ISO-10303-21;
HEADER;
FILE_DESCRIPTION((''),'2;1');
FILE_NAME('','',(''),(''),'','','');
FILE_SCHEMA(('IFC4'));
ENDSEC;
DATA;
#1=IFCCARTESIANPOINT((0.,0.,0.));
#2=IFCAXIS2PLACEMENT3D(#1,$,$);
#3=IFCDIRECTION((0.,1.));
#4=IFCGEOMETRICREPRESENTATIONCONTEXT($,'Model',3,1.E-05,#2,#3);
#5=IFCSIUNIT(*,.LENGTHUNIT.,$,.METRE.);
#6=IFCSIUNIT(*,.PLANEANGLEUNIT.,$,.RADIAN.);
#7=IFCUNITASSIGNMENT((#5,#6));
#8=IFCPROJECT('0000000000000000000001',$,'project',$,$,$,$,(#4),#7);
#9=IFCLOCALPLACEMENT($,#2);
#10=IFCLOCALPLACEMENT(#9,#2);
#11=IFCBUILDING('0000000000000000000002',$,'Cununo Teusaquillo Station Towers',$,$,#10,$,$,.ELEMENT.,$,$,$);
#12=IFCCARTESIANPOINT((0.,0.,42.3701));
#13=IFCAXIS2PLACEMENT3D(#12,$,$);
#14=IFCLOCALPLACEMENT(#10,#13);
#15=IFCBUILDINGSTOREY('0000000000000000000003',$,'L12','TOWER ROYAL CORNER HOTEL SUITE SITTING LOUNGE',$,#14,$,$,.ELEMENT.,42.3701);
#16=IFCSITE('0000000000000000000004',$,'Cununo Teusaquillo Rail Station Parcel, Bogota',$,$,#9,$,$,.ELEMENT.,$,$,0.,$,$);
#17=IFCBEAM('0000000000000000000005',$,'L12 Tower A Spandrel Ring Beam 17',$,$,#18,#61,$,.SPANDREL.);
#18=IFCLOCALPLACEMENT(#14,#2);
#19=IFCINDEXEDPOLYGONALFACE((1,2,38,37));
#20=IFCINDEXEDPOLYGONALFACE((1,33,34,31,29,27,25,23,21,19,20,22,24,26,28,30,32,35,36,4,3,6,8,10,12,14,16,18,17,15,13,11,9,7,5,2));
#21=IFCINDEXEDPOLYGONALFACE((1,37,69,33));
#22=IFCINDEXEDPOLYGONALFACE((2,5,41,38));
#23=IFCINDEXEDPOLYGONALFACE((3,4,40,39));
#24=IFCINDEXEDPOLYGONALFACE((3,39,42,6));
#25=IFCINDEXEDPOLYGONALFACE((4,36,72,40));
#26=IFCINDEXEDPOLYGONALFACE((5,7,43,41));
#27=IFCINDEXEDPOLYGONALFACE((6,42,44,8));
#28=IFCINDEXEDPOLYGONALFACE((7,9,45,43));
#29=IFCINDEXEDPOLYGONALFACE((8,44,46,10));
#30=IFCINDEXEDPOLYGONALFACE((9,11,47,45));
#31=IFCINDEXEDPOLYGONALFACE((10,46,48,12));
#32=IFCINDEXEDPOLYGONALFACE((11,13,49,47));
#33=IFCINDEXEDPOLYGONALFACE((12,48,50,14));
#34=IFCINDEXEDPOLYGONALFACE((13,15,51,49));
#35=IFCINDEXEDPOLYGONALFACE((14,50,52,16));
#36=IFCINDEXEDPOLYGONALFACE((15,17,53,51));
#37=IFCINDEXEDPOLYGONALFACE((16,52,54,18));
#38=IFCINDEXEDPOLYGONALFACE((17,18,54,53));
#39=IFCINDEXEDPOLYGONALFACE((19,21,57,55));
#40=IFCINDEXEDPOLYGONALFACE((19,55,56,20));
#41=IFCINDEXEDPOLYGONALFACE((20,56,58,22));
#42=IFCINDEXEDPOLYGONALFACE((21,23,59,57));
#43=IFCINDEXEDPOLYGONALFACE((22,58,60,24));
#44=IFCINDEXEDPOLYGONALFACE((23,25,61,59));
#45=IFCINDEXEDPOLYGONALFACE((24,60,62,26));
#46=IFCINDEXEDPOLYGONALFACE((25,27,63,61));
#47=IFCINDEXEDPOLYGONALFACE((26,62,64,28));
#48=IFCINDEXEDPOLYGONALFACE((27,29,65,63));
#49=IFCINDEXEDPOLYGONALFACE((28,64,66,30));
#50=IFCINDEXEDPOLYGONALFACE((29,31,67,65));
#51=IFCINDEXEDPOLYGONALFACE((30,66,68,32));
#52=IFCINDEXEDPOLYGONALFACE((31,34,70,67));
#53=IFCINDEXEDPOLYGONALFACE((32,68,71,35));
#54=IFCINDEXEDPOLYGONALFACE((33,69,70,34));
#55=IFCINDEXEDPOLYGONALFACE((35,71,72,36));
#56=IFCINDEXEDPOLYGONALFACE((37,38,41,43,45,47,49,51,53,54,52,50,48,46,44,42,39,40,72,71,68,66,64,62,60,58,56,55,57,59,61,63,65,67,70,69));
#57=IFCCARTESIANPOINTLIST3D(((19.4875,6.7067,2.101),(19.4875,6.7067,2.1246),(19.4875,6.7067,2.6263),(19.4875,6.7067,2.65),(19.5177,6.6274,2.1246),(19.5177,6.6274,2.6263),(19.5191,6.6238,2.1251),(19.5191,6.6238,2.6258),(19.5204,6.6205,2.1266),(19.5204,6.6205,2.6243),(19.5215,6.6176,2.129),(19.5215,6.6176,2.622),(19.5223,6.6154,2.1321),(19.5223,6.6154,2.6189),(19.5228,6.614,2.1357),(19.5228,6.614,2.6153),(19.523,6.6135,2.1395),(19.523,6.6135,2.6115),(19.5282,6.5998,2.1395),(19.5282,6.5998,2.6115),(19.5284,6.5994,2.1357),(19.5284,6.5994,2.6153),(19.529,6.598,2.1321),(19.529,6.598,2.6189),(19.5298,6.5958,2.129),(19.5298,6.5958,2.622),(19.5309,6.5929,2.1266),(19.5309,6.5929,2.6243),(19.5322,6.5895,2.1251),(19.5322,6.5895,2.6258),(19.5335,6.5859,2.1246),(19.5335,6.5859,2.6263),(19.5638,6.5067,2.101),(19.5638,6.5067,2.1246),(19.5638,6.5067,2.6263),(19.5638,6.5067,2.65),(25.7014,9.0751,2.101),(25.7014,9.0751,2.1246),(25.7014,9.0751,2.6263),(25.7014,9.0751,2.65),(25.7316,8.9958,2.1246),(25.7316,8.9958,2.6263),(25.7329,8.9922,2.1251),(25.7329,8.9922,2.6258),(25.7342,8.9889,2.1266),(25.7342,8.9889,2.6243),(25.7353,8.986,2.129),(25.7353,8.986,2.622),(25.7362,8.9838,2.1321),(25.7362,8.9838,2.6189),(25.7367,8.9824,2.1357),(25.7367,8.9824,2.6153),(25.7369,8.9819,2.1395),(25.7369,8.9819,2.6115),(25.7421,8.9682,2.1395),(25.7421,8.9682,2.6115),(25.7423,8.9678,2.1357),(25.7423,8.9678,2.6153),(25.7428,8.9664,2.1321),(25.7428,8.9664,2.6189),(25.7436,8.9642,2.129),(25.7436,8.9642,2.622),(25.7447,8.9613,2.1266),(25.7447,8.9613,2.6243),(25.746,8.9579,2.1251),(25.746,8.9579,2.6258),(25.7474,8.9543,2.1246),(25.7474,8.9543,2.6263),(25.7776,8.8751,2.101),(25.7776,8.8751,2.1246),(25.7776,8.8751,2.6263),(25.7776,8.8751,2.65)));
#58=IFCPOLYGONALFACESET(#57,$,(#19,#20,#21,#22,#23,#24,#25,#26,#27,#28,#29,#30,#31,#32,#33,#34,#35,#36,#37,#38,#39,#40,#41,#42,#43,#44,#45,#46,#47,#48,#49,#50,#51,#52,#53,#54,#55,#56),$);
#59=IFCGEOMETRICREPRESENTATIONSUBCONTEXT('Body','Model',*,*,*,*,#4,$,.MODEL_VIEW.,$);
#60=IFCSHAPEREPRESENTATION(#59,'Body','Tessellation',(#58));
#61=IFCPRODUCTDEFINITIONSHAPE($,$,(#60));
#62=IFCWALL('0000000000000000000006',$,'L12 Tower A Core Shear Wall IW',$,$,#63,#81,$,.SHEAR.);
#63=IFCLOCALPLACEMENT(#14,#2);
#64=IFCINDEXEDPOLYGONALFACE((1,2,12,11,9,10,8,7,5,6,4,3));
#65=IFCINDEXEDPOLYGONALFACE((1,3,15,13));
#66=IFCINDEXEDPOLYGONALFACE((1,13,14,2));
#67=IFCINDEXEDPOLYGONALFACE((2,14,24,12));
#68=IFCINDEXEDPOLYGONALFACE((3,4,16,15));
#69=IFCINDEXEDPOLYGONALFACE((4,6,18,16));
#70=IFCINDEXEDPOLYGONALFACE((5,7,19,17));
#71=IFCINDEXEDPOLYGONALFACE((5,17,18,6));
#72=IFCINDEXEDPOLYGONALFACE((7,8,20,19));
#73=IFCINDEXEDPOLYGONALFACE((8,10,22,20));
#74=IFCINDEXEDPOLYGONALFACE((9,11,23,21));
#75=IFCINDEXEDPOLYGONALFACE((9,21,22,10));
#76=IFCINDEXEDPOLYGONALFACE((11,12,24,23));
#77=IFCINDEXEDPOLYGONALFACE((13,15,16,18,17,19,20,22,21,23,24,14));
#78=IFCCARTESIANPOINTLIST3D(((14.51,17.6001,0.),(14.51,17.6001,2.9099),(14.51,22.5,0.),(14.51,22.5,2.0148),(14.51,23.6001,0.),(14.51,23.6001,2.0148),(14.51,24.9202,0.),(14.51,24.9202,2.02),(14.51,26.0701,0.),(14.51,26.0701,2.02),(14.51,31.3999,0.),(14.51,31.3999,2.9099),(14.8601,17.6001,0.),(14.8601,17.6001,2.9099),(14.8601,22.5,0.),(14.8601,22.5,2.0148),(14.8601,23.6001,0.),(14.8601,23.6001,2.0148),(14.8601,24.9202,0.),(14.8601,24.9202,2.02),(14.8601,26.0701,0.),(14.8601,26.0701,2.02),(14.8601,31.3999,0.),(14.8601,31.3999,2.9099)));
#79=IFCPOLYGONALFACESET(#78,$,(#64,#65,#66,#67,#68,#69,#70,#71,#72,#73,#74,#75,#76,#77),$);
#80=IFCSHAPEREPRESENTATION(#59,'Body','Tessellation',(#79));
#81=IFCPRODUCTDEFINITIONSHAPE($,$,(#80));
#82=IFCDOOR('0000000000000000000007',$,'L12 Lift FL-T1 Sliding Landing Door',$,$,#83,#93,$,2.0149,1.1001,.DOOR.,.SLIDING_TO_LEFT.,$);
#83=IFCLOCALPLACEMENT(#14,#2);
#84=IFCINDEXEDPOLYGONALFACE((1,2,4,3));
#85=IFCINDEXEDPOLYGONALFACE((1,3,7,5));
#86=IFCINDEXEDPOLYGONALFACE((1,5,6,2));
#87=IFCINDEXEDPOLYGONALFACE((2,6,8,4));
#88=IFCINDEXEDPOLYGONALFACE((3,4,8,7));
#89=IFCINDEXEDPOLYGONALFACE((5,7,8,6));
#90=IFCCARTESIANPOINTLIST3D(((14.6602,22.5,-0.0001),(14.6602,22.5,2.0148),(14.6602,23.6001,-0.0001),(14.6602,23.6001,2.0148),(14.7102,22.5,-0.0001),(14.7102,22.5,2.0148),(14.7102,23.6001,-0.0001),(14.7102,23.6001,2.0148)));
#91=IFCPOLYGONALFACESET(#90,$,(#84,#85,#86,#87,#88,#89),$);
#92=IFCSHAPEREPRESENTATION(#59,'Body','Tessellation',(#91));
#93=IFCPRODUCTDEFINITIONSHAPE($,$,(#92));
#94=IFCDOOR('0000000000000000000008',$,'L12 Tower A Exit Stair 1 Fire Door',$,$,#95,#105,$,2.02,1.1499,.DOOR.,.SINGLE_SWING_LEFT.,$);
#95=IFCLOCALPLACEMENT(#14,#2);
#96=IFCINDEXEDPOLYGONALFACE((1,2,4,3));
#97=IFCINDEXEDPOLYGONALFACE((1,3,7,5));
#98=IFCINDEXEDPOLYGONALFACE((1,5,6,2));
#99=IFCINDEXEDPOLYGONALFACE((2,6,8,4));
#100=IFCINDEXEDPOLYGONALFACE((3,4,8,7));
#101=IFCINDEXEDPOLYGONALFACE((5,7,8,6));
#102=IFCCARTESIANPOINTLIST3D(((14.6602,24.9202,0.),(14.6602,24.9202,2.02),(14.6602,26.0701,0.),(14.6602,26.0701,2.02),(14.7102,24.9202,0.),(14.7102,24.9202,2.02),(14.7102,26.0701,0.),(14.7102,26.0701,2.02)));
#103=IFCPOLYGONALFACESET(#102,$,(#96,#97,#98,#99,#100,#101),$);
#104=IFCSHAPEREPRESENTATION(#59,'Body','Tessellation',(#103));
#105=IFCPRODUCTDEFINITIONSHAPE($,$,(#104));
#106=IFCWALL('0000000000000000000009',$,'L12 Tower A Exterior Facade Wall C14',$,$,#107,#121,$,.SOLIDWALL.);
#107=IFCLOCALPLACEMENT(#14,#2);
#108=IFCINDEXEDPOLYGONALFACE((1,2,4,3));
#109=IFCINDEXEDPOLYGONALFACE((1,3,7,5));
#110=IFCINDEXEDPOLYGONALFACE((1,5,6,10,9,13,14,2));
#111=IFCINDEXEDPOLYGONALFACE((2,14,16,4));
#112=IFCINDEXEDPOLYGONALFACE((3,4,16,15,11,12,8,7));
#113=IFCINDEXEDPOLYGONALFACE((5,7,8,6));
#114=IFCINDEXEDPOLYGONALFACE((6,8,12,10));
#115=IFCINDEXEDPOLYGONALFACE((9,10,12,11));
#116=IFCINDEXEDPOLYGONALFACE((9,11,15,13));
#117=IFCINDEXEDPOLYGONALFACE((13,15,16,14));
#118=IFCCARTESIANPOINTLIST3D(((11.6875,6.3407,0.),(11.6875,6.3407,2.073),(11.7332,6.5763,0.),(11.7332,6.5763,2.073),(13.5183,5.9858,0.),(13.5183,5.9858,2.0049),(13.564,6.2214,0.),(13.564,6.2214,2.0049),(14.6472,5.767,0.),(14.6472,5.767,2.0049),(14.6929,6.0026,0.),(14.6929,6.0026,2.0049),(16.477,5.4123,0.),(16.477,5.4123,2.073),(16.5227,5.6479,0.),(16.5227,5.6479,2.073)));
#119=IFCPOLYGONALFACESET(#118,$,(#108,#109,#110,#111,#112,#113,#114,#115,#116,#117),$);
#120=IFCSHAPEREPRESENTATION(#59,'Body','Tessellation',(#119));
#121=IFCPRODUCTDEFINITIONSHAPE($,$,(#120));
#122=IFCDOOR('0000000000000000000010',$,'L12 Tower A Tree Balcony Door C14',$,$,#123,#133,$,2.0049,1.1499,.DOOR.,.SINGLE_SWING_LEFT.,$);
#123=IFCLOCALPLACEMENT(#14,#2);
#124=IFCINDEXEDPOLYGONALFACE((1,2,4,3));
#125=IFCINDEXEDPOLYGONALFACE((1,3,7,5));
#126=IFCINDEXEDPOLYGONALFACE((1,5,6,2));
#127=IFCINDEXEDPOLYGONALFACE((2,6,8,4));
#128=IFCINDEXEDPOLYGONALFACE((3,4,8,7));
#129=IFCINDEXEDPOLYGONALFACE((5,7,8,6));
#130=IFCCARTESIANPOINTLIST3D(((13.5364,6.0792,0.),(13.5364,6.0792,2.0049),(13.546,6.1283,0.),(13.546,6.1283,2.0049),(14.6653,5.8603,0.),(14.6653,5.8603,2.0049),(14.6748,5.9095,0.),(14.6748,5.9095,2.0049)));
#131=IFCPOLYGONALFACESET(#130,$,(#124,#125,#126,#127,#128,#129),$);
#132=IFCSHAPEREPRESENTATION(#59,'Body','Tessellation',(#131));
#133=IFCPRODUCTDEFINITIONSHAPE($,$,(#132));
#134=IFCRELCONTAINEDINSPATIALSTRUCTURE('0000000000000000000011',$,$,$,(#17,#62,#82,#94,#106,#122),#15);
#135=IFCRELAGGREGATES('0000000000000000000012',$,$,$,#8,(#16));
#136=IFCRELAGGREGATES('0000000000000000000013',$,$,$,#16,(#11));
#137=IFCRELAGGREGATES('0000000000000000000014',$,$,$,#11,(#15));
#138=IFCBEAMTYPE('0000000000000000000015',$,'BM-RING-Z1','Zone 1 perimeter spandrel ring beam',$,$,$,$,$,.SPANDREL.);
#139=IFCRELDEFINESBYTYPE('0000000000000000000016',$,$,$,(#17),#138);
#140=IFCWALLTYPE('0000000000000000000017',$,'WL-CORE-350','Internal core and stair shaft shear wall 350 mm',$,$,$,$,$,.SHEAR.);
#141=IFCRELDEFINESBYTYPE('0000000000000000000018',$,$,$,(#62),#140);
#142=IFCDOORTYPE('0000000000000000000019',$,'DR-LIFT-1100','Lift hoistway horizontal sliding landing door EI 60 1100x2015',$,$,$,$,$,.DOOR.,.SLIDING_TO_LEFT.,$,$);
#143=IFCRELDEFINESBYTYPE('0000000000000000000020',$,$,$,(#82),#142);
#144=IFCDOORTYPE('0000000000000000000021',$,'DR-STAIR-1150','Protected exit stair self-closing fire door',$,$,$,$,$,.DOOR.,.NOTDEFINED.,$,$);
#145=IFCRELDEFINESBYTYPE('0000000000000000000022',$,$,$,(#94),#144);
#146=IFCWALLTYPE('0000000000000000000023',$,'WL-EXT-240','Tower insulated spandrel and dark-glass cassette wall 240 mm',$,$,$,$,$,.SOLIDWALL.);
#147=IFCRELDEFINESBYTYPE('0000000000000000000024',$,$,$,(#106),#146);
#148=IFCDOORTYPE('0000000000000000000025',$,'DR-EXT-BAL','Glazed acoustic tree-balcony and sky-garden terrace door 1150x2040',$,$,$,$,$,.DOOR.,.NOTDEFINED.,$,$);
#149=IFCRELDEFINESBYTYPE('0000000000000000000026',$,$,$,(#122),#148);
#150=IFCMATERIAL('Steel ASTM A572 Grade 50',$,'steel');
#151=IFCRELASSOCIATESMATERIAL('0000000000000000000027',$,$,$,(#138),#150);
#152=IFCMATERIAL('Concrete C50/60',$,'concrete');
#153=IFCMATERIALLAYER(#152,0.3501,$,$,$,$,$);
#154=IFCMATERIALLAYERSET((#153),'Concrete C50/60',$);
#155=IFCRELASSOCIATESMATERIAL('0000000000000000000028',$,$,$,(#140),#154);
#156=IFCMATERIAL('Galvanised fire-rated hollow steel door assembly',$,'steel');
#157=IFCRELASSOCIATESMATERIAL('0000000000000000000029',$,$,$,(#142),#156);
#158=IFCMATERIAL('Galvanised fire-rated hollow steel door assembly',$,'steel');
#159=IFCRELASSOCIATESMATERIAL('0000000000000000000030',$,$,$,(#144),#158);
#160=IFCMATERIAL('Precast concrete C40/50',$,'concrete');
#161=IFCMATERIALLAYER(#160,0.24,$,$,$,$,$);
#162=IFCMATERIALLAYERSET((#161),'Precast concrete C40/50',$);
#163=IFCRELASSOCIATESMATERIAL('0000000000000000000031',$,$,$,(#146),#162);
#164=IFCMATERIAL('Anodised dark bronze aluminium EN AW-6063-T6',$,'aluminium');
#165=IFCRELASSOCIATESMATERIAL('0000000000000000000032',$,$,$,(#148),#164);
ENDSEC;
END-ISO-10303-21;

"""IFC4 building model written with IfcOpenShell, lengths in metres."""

from ifc_helpers import new_model, si_unit, direction, frame, frame_2d, origin, origin_2d, place, context, subcontext, project, spatial, rectangle, i_section, extrude, source, transform, mapped, material, layer, layer_set, material_profile, profile_set, type_object, element, fill, save


model = new_model("IFC4")

# Units and contexts
model_context = context("Model", 3, precision=1e-05, world=origin(), true_north=direction((0.0, 1.0)))
body_context = subcontext(model_context, "Body", "Model", "MODEL_VIEW")
ifc_project = project(units=[si_unit("LENGTHUNIT", "METRE"), si_unit("PLANEANGLEUNIT", "RADIAN")], contexts=[model_context])

# Site, building, storey
site_placement = place(None, origin())
site = spatial("IfcSite", under=ifc_project, at=site_placement, Name="Cununo Teusaquillo Rail Station Parcel, Bogota", CompositionType="ELEMENT", RefElevation=0.0)
building_placement = place(site_placement, origin())
building = spatial("IfcBuilding", under=site, at=building_placement, Name="Cununo Teusaquillo Station Towers", CompositionType="ELEMENT")
storey_placement = place(building_placement, frame((0.0, 0.0, 42.3701)))
storey = spatial("IfcBuildingStorey", under=building, at=storey_placement, Name="L12", Description="TOWER ROYAL CORNER HOTEL SUITE SITTING LOUNGE", CompositionType="ELEMENT", Elevation=42.3701)

# Beam
ifc_material_1 = material(Name="Steel ASTM A572 Grade 50", Category="steel")
ifc_material_profile_1 = material_profile(ifc_material_1, i_section(OverallWidth=0.2141, OverallDepth=0.5491, WebThickness=0.0146, FlangeThickness=0.0237, FilletRadius=0.0149, at=origin_2d()), Name="W21X93")
ifc_profile_set_1 = profile_set([ifc_material_profile_1], Name="Steel ASTM A572 Grade 50")
beam_type = type_object("IfcBeamType", Name="BM-RING-Z1", Description="Zone 1 perimeter spandrel ring beam", PredefinedType="SPANDREL", material=ifc_profile_set_1)
beam_1_placement = place(storey_placement, frame((19.5256, 6.6067, 2.3755), z_axis=(0.934427, 0.356156, 0.0), x_axis=(-0.356156, 0.934427, 0.0)))
element("IfcBeam", 1, at=beam_1_placement, inside=storey, type_object=beam_type, Name="L12 Tower A Spandrel Ring Beam 17", PredefinedType="SPANDREL", context=body_context, shape_type="SweptSolid", body=[
    extrude(i_section(OverallWidth=0.2141, OverallDepth=0.5491, WebThickness=0.0146, FlangeThickness=0.0237, FilletRadius=0.0149, at=origin_2d()), origin(), (0.0, 0.0, 1.0), 6.6499),
])

# Wall, openings, doors
ifc_material_2 = material(Name="Concrete C50/60", Category="concrete")
ifc_layer_1 = layer(ifc_material_2, 0.3501)
ifc_layer_set_1 = layer_set([ifc_layer_1], Name="Concrete C50/60")
wall_type_1 = type_object("IfcWallType", Name="WL-CORE-350", Description="Internal core and stair shaft shear wall 350 mm", PredefinedType="SHEAR", material=ifc_layer_set_1)
wall_1_placement = place(storey_placement, frame((14.6851, 17.6001, 0.0), z_axis=(0.0, 0.0, 1.0), x_axis=(0.0, 1.0, 0.0)))
wall_1 = element("IfcWall", 2, at=wall_1_placement, inside=storey, type_object=wall_type_1, Name="L12 Tower A Core Shear Wall IW", PredefinedType="SHEAR", context=body_context, shape_type="SweptSolid", body=[
    extrude(rectangle(XDim=13.7998, YDim=0.3501, at=frame_2d((6.8999, 0.0))), origin(), (0.0, 0.0, 1.0), 2.9099),
])
shared_shape_1 = source(origin(), body_context, "Body", "SweptSolid", [
    extrude(rectangle(XDim=1.1001, YDim=2.0149, at=frame_2d((0.55, 1.0073))), frame((0.0, 0.1851, 0.0), z_axis=(0.0, -1.0, 0.0), x_axis=(1.0, 0.0, 0.0)), (0.0, 0.0, 1.0), 0.3701),
])
opening_1_placement = place(wall_1_placement, frame((4.8999, 0.0, 0.0)))
opening_1 = element("IfcOpeningElement", 3, at=opening_1_placement, cuts=wall_1, PredefinedType="OPENING", context=body_context, shape_type="MappedRepresentation", body=[
    mapped(shared_shape_1, transform((0.0, 0.0, 0.0), x_axis=(1.0, 0.0, 0.0), y_axis=(0.0, 1.0, 0.0), z_axis=(0.0, 0.0, 1.0), scale=1.0)),
])
shared_shape_2 = source(origin(), body_context, "Body", "SweptSolid", [
    extrude(rectangle(XDim=1.1499, YDim=2.02, at=frame_2d((0.575, 1.01))), frame((0.0, 0.1851, 0.0), z_axis=(0.0, -1.0, 0.0), x_axis=(1.0, 0.0, 0.0)), (0.0, 0.0, 1.0), 0.3701),
])
opening_2_placement = place(wall_1_placement, frame((7.3201, 0.0, 0.0)))
opening_2 = element("IfcOpeningElement", 4, at=opening_2_placement, cuts=wall_1, PredefinedType="OPENING", context=body_context, shape_type="MappedRepresentation", body=[
    mapped(shared_shape_2, transform((0.0, 0.0, 0.0), x_axis=(1.0, 0.0, 0.0), y_axis=(0.0, 1.0, 0.0), z_axis=(0.0, 0.0, 1.0), scale=1.0)),
])
ifc_material_3 = material(Name="Galvanised fire-rated hollow steel door assembly", Category="steel")
door_type_1 = type_object("IfcDoorType", Name="DR-LIFT-1100", Description="Lift hoistway horizontal sliding landing door EI 60 1100x2015", OperationType="SLIDING_TO_LEFT", PredefinedType="DOOR", material=ifc_material_3)
shared_shape_3 = source(origin(), body_context, "Body", "SweptSolid", [
    extrude(rectangle(XDim=1.1001, YDim=2.0149, at=frame_2d((0.55, 1.0073))), frame((0.0, 0.0249, 0.0), z_axis=(0.0, -1.0, 0.0), x_axis=(1.0, 0.0, 0.0)), (0.0, 0.0, 1.0), 0.05),
])
door_1_placement = place(opening_1_placement, origin())
door_1 = element("IfcDoor", 5, at=door_1_placement, inside=storey, type_object=door_type_1, Name="L12 Lift FL-T1 Sliding Landing Door", OperationType="SLIDING_TO_LEFT", OverallHeight=2.0149, OverallWidth=1.1001, PredefinedType="DOOR", context=body_context, shape_type="MappedRepresentation", body=[
    mapped(shared_shape_3, transform((0.0, 0.0, 0.0), x_axis=(1.0, 0.0, 0.0), y_axis=(0.0, 1.0, 0.0), z_axis=(0.0, 0.0, 1.0), scale=1.0)),
])
fill(opening_1, door_1)
ifc_material_4 = material(Name="Galvanised fire-rated hollow steel door assembly", Category="steel")
door_type_2 = type_object("IfcDoorType", Name="DR-STAIR-1150", Description="Protected exit stair self-closing fire door", OperationType="NOTDEFINED", PredefinedType="DOOR", material=ifc_material_4)
shared_shape_4 = source(origin(), body_context, "Body", "SweptSolid", [
    extrude(rectangle(XDim=1.1499, YDim=2.02, at=frame_2d((0.575, 1.01))), frame((0.0, 0.0249, 0.0), z_axis=(0.0, -1.0, 0.0), x_axis=(1.0, 0.0, 0.0)), (0.0, 0.0, 1.0), 0.05),
])
door_2_placement = place(opening_2_placement, origin())
door_2 = element("IfcDoor", 6, at=door_2_placement, inside=storey, type_object=door_type_2, Name="L12 Tower A Exit Stair 1 Fire Door", OperationType="SINGLE_SWING_LEFT", OverallHeight=2.02, OverallWidth=1.1499, PredefinedType="DOOR", context=body_context, shape_type="MappedRepresentation", body=[
    mapped(shared_shape_4, transform((0.0, 0.0, 0.0), x_axis=(1.0, 0.0, 0.0), y_axis=(0.0, 1.0, 0.0), z_axis=(0.0, 0.0, 1.0), scale=1.0)),
])
fill(opening_2, door_2)

# Wall, opening, door
ifc_material_5 = material(Name="Precast concrete C40/50", Category="concrete")
ifc_layer_2 = layer(ifc_material_5, 0.24)
ifc_layer_set_2 = layer_set([ifc_layer_2], Name="Precast concrete C40/50")
wall_type_2 = type_object("IfcWallType", Name="WL-EXT-240", Description="Tower insulated spandrel and dark-glass cassette wall 240 mm", PredefinedType="SOLIDWALL", material=ifc_layer_set_2)
wall_2_placement = place(storey_placement, frame((16.5, 5.53, 0.0), z_axis=(0.0, 0.0, 1.0), x_axis=(-0.981724, 0.19031, 0.0)))
wall_2 = element("IfcWall", 7, at=wall_2_placement, inside=storey, type_object=wall_type_2, Name="L12 Tower A Exterior Facade Wall C14", PredefinedType="SOLIDWALL", context=body_context, shape_type="SweptSolid", body=[
    extrude(rectangle(XDim=4.8787, YDim=0.24, at=frame_2d((2.4395, 0.0))), origin(), (0.0, 0.0, 1.0), 2.073),
])
shared_shape_5 = source(origin(), body_context, "Body", "SweptSolid", [
    extrude(rectangle(XDim=1.1499, YDim=2.0049, at=frame_2d((0.575, 1.0024))), frame((0.0, 0.1299, 0.0), z_axis=(0.0, -1.0, 0.0), x_axis=(1.0, 0.0, 0.0)), (0.0, 0.0, 1.0), 0.26),
])
opening_3_placement = place(wall_2_placement, frame((1.864, 0.0, 0.0)))
opening_3 = element("IfcOpeningElement", 8, at=opening_3_placement, cuts=wall_2, PredefinedType="OPENING", context=body_context, shape_type="MappedRepresentation", body=[
    mapped(shared_shape_5, transform((0.0, 0.0, 0.0), x_axis=(1.0, 0.0, 0.0), y_axis=(0.0, 1.0, 0.0), z_axis=(0.0, 0.0, 1.0), scale=1.0)),
])
ifc_material_6 = material(Name="Anodised dark bronze aluminium EN AW-6063-T6", Category="aluminium")
door_type_3 = type_object("IfcDoorType", Name="DR-EXT-BAL", Description="Glazed acoustic tree-balcony and sky-garden terrace door 1150x2040", OperationType="NOTDEFINED", PredefinedType="DOOR", material=ifc_material_6)
shared_shape_6 = source(origin(), body_context, "Body", "SweptSolid", [
    extrude(rectangle(XDim=1.1499, YDim=2.0049, at=frame_2d((0.575, 1.0024))), frame((0.0, 0.0249, 0.0), z_axis=(0.0, -1.0, 0.0), x_axis=(1.0, 0.0, 0.0)), (0.0, 0.0, 1.0), 0.05),
])
door_3_placement = place(opening_3_placement, origin())
door_3 = element("IfcDoor", 9, at=door_3_placement, inside=storey, type_object=door_type_3, Name="L12 Tower A Tree Balcony Door C14", OperationType="SINGLE_SWING_LEFT", OverallHeight=2.0049, OverallWidth=1.1499, PredefinedType="DOOR", context=body_context, shape_type="MappedRepresentation", body=[
    mapped(shared_shape_6, transform((0.0, 0.0, 0.0), x_axis=(1.0, 0.0, 0.0), y_axis=(0.0, 1.0, 0.0), z_axis=(0.0, 0.0, 1.0), scale=1.0)),
])
fill(opening_3, door_3)

save(model, "model.ifc")
